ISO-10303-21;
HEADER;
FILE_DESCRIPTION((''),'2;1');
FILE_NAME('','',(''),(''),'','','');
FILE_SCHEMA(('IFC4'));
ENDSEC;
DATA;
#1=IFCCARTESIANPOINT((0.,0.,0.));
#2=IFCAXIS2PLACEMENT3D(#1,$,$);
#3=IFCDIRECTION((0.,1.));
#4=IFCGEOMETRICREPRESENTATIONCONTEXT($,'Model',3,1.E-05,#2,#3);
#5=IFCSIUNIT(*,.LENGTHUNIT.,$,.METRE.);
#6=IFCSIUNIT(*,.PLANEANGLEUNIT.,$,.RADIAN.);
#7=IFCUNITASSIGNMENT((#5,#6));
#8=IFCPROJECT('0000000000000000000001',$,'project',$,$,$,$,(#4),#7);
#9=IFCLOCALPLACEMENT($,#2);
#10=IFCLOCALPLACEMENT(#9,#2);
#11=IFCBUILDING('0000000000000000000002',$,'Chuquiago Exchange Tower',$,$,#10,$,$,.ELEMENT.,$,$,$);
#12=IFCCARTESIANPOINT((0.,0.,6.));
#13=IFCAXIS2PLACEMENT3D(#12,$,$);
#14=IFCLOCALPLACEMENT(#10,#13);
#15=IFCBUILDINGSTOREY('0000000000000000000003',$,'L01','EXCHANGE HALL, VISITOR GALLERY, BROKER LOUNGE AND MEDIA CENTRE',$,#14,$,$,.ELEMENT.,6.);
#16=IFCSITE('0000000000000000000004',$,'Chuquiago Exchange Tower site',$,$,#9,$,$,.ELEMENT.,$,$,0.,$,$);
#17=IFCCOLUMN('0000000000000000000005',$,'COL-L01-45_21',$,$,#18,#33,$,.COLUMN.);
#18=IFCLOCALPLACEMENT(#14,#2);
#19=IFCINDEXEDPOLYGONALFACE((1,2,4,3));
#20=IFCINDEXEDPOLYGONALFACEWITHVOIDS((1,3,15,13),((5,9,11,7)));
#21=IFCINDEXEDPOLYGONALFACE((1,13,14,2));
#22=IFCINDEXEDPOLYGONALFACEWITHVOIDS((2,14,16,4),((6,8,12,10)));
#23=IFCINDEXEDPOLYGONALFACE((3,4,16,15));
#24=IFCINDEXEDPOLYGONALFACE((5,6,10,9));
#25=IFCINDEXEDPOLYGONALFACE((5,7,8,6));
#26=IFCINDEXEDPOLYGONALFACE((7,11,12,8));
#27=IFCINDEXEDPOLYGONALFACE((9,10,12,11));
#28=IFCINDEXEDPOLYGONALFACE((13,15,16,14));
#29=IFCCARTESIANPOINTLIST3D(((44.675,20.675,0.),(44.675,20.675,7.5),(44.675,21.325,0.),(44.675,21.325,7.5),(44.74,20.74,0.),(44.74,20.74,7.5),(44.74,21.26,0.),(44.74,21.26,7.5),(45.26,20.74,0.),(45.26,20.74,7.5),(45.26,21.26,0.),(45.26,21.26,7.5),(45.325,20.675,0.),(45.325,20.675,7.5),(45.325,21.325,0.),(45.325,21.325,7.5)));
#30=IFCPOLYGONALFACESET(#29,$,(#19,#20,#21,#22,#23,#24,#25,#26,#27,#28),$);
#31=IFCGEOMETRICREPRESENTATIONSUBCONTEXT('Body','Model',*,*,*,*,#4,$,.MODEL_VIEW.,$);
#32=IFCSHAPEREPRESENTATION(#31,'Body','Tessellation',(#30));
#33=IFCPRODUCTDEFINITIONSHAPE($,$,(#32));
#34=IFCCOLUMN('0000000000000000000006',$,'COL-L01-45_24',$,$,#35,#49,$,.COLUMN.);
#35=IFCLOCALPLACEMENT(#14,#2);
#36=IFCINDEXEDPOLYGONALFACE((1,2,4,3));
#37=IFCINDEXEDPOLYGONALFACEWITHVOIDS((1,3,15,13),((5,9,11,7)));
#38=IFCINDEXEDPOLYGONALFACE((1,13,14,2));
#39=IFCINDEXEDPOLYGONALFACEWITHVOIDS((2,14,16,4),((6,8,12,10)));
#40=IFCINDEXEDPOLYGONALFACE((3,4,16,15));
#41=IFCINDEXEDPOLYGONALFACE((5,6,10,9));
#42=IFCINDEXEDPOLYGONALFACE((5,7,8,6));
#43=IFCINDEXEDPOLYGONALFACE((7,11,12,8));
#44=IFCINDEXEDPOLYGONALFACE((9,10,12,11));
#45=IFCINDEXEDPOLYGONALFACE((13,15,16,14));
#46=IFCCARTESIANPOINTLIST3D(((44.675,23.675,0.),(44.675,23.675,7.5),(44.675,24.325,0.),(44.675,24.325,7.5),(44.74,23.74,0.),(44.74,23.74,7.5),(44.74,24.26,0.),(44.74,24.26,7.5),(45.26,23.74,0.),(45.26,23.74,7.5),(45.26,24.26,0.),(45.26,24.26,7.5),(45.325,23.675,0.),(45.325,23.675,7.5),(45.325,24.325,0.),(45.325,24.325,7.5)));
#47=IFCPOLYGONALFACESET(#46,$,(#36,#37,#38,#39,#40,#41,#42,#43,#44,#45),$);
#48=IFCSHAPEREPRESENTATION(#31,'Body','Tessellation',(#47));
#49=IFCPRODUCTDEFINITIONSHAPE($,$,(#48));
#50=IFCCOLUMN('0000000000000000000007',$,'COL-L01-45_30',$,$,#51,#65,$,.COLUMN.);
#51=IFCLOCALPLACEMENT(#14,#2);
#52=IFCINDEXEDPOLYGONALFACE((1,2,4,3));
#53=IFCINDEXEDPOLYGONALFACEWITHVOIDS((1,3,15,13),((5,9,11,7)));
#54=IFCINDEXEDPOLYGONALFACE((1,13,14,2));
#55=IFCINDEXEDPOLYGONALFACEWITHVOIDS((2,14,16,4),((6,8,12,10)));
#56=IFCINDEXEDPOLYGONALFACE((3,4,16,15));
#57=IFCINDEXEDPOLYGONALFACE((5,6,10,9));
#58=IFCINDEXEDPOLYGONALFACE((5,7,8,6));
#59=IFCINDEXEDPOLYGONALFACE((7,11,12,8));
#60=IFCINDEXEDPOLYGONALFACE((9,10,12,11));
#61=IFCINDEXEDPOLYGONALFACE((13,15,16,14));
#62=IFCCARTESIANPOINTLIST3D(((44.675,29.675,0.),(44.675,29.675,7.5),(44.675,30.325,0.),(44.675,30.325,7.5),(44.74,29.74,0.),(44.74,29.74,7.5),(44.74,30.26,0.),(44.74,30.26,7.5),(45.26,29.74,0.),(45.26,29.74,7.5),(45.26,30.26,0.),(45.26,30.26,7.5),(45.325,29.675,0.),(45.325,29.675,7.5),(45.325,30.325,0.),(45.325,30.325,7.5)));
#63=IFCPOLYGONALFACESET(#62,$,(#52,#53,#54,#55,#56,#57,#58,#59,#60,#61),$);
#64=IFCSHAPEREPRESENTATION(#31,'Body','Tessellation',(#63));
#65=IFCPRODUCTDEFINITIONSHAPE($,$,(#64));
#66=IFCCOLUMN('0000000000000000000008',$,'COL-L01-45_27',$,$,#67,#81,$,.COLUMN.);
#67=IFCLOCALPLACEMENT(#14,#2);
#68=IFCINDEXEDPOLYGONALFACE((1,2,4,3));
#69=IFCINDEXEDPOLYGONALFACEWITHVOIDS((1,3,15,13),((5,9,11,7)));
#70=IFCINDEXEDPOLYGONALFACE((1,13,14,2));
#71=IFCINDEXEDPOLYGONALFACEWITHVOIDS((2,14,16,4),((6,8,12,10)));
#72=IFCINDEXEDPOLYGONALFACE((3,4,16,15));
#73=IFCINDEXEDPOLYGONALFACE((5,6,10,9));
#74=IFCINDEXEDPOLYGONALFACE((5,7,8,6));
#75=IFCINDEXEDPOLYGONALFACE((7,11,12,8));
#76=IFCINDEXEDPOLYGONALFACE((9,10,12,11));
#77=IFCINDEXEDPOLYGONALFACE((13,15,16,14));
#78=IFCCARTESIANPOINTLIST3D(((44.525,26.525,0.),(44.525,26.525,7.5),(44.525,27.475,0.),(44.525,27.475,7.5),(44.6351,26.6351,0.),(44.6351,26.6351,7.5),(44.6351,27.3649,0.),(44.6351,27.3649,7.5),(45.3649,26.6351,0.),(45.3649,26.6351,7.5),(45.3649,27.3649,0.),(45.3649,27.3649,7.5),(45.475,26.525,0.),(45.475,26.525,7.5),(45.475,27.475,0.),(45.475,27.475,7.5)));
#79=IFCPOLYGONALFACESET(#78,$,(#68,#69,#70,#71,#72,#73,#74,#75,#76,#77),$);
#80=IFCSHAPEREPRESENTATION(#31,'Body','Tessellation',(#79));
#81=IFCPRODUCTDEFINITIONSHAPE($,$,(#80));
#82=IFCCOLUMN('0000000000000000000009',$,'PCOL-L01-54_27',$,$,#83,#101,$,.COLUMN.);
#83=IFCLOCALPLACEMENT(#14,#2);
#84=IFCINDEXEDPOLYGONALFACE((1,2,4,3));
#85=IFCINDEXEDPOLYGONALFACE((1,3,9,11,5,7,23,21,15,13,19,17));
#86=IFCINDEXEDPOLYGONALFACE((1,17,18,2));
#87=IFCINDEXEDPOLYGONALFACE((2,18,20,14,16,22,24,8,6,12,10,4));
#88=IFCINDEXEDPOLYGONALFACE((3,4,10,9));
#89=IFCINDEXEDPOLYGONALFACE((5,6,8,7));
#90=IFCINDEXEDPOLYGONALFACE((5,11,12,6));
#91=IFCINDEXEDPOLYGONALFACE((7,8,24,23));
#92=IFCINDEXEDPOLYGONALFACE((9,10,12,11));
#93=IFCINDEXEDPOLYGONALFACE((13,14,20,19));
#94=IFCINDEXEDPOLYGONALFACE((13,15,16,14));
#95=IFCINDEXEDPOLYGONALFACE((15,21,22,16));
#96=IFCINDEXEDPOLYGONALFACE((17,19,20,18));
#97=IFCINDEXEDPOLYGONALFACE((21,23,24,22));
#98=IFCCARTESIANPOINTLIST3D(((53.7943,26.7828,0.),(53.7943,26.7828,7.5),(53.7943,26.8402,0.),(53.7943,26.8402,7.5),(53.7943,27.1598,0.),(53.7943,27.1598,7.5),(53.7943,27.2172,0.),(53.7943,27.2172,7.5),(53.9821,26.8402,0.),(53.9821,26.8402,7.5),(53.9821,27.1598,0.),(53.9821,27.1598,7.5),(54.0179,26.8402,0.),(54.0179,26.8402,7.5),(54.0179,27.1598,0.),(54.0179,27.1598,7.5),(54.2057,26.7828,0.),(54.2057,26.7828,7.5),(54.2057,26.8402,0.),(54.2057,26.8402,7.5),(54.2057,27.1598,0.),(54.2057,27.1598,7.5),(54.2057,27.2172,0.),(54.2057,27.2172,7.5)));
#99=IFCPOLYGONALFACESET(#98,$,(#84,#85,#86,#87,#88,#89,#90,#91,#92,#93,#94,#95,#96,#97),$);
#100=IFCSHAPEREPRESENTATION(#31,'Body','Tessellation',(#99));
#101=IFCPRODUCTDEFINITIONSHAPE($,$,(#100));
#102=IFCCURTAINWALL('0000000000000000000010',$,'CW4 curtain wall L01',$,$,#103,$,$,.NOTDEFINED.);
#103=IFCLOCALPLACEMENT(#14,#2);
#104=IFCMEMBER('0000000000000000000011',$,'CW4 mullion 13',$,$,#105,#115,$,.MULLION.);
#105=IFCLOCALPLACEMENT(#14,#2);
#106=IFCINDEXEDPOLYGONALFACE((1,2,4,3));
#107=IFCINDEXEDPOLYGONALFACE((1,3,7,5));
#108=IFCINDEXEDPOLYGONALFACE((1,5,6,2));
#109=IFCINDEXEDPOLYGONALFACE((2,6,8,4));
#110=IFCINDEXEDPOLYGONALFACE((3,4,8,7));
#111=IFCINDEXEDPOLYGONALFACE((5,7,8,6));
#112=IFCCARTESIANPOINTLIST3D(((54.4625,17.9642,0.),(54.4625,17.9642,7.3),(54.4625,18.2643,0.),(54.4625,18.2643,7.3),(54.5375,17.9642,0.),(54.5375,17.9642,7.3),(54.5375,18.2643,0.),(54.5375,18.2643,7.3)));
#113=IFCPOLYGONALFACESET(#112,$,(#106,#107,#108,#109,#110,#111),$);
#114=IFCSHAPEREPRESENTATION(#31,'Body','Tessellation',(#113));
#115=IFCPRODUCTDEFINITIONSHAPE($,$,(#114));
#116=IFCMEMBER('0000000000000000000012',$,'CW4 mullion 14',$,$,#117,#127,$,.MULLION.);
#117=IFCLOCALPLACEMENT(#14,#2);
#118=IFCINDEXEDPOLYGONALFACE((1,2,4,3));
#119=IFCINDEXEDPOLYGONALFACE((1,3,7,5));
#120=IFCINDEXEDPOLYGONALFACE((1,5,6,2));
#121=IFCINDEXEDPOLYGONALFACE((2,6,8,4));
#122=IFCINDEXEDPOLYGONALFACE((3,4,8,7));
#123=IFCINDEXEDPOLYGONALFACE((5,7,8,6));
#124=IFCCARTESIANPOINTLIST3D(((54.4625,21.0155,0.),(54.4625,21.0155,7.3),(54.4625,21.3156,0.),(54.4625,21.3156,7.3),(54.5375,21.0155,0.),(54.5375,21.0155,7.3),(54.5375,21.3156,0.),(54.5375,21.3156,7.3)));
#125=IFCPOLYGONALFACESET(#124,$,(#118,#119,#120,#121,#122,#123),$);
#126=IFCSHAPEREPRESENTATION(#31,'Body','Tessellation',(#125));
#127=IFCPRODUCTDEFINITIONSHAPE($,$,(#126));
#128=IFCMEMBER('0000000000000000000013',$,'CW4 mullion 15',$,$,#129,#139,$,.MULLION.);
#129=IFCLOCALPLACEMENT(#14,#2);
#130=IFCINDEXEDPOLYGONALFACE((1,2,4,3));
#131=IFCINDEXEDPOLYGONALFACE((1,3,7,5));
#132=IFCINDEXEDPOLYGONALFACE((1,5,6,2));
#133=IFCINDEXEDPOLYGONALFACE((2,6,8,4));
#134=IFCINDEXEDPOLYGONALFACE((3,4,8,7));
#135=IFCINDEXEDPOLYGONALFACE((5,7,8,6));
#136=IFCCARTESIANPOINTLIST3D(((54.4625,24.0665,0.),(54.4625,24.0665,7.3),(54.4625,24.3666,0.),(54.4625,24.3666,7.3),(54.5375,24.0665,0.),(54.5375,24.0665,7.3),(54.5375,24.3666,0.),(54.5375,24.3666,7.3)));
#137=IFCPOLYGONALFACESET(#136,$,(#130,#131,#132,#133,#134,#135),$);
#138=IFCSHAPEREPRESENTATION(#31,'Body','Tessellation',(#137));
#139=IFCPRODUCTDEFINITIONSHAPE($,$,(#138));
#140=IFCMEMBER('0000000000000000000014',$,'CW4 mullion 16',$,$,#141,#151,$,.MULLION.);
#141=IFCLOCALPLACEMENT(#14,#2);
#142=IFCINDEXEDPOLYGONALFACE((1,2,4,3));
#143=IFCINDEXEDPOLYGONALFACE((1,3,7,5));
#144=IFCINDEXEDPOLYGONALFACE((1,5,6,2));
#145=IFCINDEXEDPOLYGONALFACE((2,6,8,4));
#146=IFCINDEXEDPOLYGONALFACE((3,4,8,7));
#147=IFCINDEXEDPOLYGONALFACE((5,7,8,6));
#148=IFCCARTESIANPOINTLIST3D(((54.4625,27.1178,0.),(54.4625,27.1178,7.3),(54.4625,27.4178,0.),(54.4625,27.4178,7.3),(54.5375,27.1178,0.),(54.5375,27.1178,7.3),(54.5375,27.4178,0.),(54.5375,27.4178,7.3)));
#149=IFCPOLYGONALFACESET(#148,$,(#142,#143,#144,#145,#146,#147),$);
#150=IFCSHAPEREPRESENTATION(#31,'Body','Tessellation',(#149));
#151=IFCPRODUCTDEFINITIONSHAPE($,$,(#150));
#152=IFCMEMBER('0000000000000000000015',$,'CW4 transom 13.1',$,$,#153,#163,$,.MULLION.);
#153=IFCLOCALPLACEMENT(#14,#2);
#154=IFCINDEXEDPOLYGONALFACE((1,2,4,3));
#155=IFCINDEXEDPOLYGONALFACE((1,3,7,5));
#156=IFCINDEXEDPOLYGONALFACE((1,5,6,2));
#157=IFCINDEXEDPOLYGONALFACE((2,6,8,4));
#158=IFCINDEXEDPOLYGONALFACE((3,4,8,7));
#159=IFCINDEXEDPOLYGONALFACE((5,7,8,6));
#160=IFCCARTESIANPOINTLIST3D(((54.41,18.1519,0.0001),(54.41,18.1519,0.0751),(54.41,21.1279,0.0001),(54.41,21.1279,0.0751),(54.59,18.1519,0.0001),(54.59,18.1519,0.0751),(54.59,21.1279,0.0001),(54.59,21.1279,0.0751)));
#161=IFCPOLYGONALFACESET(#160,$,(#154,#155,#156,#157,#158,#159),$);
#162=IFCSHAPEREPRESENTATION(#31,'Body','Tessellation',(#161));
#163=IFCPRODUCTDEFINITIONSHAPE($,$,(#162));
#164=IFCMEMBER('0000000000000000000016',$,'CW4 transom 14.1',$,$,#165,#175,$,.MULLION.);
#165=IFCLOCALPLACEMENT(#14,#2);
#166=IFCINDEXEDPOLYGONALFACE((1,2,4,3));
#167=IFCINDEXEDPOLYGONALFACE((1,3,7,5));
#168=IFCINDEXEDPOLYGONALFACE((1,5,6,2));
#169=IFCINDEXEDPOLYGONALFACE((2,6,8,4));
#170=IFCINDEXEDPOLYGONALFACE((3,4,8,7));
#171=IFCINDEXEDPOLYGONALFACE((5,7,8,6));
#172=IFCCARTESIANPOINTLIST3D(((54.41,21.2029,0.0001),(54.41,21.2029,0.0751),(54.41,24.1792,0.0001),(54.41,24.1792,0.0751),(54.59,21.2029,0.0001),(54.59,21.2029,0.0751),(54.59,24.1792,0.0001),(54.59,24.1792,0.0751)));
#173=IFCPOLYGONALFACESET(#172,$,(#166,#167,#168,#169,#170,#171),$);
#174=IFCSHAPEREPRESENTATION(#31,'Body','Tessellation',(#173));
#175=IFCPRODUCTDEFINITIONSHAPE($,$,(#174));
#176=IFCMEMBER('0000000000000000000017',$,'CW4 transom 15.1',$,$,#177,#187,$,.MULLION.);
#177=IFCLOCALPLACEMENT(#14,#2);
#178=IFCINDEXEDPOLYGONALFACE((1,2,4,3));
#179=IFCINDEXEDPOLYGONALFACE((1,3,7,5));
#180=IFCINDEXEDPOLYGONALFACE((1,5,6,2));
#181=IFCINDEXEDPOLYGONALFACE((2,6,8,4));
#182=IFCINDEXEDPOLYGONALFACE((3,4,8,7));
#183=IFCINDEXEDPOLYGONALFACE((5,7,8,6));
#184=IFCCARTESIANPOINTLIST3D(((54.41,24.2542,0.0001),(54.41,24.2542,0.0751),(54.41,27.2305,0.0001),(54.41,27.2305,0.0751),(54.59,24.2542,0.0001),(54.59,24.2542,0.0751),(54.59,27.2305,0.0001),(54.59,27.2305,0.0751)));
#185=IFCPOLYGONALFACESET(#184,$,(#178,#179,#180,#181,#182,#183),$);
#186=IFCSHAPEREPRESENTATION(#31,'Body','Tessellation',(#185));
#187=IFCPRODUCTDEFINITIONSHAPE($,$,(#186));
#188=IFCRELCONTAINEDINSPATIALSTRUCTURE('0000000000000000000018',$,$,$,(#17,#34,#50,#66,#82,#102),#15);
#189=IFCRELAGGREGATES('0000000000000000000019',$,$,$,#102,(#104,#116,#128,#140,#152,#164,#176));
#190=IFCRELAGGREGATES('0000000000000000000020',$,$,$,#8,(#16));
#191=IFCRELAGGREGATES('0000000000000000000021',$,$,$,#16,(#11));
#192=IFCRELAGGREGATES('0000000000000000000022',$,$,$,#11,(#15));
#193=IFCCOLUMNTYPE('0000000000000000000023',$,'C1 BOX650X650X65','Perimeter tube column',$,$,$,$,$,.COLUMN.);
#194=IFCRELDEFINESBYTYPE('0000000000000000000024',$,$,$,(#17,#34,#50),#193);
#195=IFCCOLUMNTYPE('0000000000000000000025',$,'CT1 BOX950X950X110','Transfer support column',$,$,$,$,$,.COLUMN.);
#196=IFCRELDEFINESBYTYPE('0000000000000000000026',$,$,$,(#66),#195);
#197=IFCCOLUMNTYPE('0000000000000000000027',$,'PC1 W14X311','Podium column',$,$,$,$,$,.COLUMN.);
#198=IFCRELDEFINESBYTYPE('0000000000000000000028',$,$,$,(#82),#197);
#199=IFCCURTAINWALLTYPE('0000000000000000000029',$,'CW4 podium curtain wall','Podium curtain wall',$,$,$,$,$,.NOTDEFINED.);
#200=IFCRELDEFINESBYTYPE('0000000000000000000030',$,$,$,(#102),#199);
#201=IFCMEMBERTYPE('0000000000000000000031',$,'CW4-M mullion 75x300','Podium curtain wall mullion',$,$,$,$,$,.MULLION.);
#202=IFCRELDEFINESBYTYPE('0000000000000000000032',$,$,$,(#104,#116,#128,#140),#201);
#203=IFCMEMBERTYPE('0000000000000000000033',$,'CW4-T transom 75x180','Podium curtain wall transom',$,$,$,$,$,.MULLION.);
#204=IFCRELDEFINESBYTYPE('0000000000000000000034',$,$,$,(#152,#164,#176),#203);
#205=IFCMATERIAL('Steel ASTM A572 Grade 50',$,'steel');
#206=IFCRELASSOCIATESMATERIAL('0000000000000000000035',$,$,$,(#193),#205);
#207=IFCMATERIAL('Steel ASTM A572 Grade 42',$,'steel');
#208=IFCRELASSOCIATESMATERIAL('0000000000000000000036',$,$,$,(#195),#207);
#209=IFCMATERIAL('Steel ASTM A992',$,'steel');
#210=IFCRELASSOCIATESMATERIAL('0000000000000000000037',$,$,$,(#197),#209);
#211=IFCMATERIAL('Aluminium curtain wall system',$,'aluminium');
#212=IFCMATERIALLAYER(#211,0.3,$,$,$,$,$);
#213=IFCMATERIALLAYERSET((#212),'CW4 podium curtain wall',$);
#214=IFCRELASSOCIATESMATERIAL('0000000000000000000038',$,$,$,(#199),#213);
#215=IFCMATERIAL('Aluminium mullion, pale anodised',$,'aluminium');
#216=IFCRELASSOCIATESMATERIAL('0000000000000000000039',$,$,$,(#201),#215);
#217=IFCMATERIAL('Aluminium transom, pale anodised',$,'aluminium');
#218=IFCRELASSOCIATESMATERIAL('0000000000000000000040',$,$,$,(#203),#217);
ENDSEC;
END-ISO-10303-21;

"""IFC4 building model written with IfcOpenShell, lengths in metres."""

from ifc_helpers import new_model, si_unit, direction, frame, origin, origin_2d, place, context, subcontext, project, spatial, rectangle, hollow_rectangle, i_section, extrude, material, layer, layer_set, material_profile, profile_set, type_object, element, aggregate, save


model = new_model("IFC4")

# Units and contexts
model_context = context("Model", 3, precision=1e-05, world=origin(), true_north=direction((0.0, 1.0)))
body_context = subcontext(model_context, "Body", "Model", "MODEL_VIEW")
ifc_project = project(units=[si_unit("LENGTHUNIT", "METRE"), si_unit("PLANEANGLEUNIT", "RADIAN")], contexts=[model_context])

# Site, building, storey
site_placement = place(None, origin())
site = spatial("IfcSite", under=ifc_project, at=site_placement, Name="Chuquiago Exchange Tower site", CompositionType="ELEMENT", RefElevation=0.0)
building_placement = place(site_placement, origin())
building = spatial("IfcBuilding", under=site, at=building_placement, Name="Chuquiago Exchange Tower", CompositionType="ELEMENT")
storey_placement = place(building_placement, frame((0.0, 0.0, 6.0)))
storey = spatial("IfcBuildingStorey", under=building, at=storey_placement, Name="L01", Description="EXCHANGE HALL, VISITOR GALLERY, BROKER LOUNGE AND MEDIA CENTRE", CompositionType="ELEMENT", Elevation=6.0)

# Columns
ifc_material_1 = material(Name="Steel ASTM A572 Grade 50", Category="steel")
ifc_material_profile_1 = material_profile(ifc_material_1, hollow_rectangle(XDim=0.6499, YDim=0.6499, WallThickness=0.0649, at=origin_2d()), Name="BOX650X650X65")
ifc_profile_set_1 = profile_set([ifc_material_profile_1], Name="Steel ASTM A572 Grade 50")
column_type_1 = type_object("IfcColumnType", Name="C1 BOX650X650X65", Description="Perimeter tube column", PredefinedType="COLUMN", material=ifc_profile_set_1)
for number, where, z_axis, x_axis, name in (
    (1, (45.0, 21.0, 0.0), (0.0, 0.0, 1.0), (1.0, 0.0, 0.0), "COL-L01-45_21"),
    (2, (45.0, 24.0, 0.0), (0.0, 0.0, 1.0), (1.0, 0.0, 0.0), "COL-L01-45_24"),
    (3, (45.0, 30.0, 0.0), (0.0, 0.0, 1.0), (1.0, 0.0, 0.0), "COL-L01-45_30"),
):
    element("IfcColumn", number, at=place(storey_placement, frame(where, z_axis=z_axis, x_axis=x_axis)), inside=storey, type_object=column_type_1, Name=name, PredefinedType="COLUMN", context=body_context, shape_type="SweptSolid", body=[
        extrude(hollow_rectangle(XDim=0.6499, YDim=0.6499, WallThickness=0.0649, at=origin_2d()), origin(), (0.0, 0.0, 1.0), 7.5),
    ])
ifc_material_2 = material(Name="Steel ASTM A572 Grade 42", Category="steel")
ifc_material_profile_2 = material_profile(ifc_material_2, hollow_rectangle(XDim=0.95, YDim=0.95, WallThickness=0.1101, at=origin_2d()), Name="BOX950X950X110")
ifc_profile_set_2 = profile_set([ifc_material_profile_2], Name="Steel ASTM A572 Grade 42")
column_type_2 = type_object("IfcColumnType", Name="CT1 BOX950X950X110", Description="Transfer support column", PredefinedType="COLUMN", material=ifc_profile_set_2)
column_1_placement = place(storey_placement, frame((45.0, 27.0, 0.0), z_axis=(0.0, 0.0, 1.0), x_axis=(1.0, 0.0, 0.0)))
element("IfcColumn", 4, at=column_1_placement, inside=storey, type_object=column_type_2, Name="COL-L01-45_27", PredefinedType="COLUMN", context=body_context, shape_type="SweptSolid", body=[
    extrude(hollow_rectangle(XDim=0.95, YDim=0.95, WallThickness=0.1101, at=origin_2d()), origin(), (0.0, 0.0, 1.0), 7.5),
])
ifc_material_3 = material(Name="Steel ASTM A992", Category="steel")
ifc_material_profile_3 = material_profile(ifc_material_3, i_section(OverallWidth=0.4114, OverallDepth=0.4343, WebThickness=0.0359, FlangeThickness=0.0574, at=origin_2d()), Name="W14X311")
ifc_profile_set_3 = profile_set([ifc_material_profile_3], Name="Steel ASTM A992")
column_type_3 = type_object("IfcColumnType", Name="PC1 W14X311", Description="Podium column", PredefinedType="COLUMN", material=ifc_profile_set_3)
column_2_placement = place(storey_placement, frame((54.0, 27.0, 0.0), z_axis=(0.0, 0.0, 1.0), x_axis=(1.0, 0.0, 0.0)))
element("IfcColumn", 5, at=column_2_placement, inside=storey, type_object=column_type_3, Name="PCOL-L01-54_27", PredefinedType="COLUMN", context=body_context, shape_type="SweptSolid", body=[
    extrude(i_section(OverallWidth=0.4114, OverallDepth=0.4343, WebThickness=0.0359, FlangeThickness=0.0574, at=origin_2d()), origin(), (0.0, 0.0, 1.0), 7.5),
])

# Curtain wall, members
ifc_material_4 = material(Name="Aluminium curtain wall system", Category="aluminium")
ifc_layer_1 = layer(ifc_material_4, 0.3)
ifc_layer_set_1 = layer_set([ifc_layer_1], Name="CW4 podium curtain wall")
curtain_wall_type = type_object("IfcCurtainWallType", Name="CW4 podium curtain wall", Description="Podium curtain wall", PredefinedType="NOTDEFINED", material=ifc_layer_set_1)
curtain_wall_placement = place(storey_placement, origin())
curtain_wall = element("IfcCurtainWall", 6, at=curtain_wall_placement, inside=storey, type_object=curtain_wall_type, Name="CW4 curtain wall L01", PredefinedType="NOTDEFINED")
ifc_material_5 = material(Name="Aluminium mullion, pale anodised", Category="aluminium")
ifc_material_profile_4 = material_profile(ifc_material_5, rectangle(XDim=0.075, YDim=0.3, at=origin_2d()), Name="AL 75x300")
ifc_profile_set_4 = profile_set([ifc_material_profile_4], Name="Aluminium mullion, pale anodised")
member_type_1 = type_object("IfcMemberType", Name="CW4-M mullion 75x300", Description="Podium curtain wall mullion", PredefinedType="MULLION", material=ifc_profile_set_4)
member_1_placement = place(storey_placement, frame((54.5, 18.1143, 0.0), z_axis=(0.0, 0.0, 1.0), x_axis=(-1.0, 0.0, 0.0)))
member_1 = element("IfcMember", 7, at=member_1_placement, type_object=member_type_1, Name="CW4 mullion 13", PredefinedType="MULLION", context=body_context, shape_type="SweptSolid", body=[
    extrude(rectangle(XDim=0.075, YDim=0.3, at=origin_2d()), origin(), (0.0, 0.0, 1.0), 7.3),
])
member_2_placement = place(storey_placement, frame((54.5, 21.1655, 0.0), z_axis=(0.0, 0.0, 1.0), x_axis=(-1.0, 0.0, 0.0)))
member_2 = element("IfcMember", 8, at=member_2_placement, type_object=member_type_1, Name="CW4 mullion 14", PredefinedType="MULLION", context=body_context, shape_type="SweptSolid", body=[
    extrude(rectangle(XDim=0.075, YDim=0.3, at=origin_2d()), origin(), (0.0, 0.0, 1.0), 7.3),
])
member_3_placement = place(storey_placement, frame((54.5, 24.2166, 0.0), z_axis=(0.0, 0.0, 1.0), x_axis=(-1.0, 0.0, 0.0)))
member_3 = element("IfcMember", 9, at=member_3_placement, type_object=member_type_1, Name="CW4 mullion 15", PredefinedType="MULLION", context=body_context, shape_type="SweptSolid", body=[
    extrude(rectangle(XDim=0.075, YDim=0.3, at=origin_2d()), origin(), (0.0, 0.0, 1.0), 7.3),
])
member_4_placement = place(storey_placement, frame((54.5, 27.2678, 0.0), z_axis=(0.0, 0.0, 1.0), x_axis=(-1.0, 0.0, 0.0)))
member_4 = element("IfcMember", 10, at=member_4_placement, type_object=member_type_1, Name="CW4 mullion 16", PredefinedType="MULLION", context=body_context, shape_type="SweptSolid", body=[
    extrude(rectangle(XDim=0.075, YDim=0.3, at=origin_2d()), origin(), (0.0, 0.0, 1.0), 7.3),
])
ifc_material_6 = material(Name="Aluminium transom, pale anodised", Category="aluminium")
ifc_material_profile_5 = material_profile(ifc_material_6, rectangle(XDim=0.1799, YDim=0.075, at=origin_2d()), Name="AL 180x75")
ifc_profile_set_5 = profile_set([ifc_material_profile_5], Name="Aluminium transom, pale anodised")
member_type_2 = type_object("IfcMemberType", Name="CW4-T transom 75x180", Description="Podium curtain wall transom", PredefinedType="MULLION", material=ifc_profile_set_5)
member_5_placement = place(storey_placement, frame((54.5, 18.1519, 0.0376), z_axis=(0.0, 1.0, 0.0), x_axis=(-1.0, 0.0, 0.0)))
member_5 = element("IfcMember", 11, at=member_5_placement, type_object=member_type_2, Name="CW4 transom 13.1", PredefinedType="MULLION", context=body_context, shape_type="SweptSolid", body=[
    extrude(rectangle(XDim=0.1799, YDim=0.075, at=origin_2d()), origin(), (0.0, 0.0, 1.0), 2.9761),
])
member_6_placement = place(storey_placement, frame((54.5, 21.2029, 0.0376), z_axis=(0.0, 1.0, 0.0), x_axis=(-1.0, 0.0, 0.0)))
member_6 = element("IfcMember", 12, at=member_6_placement, type_object=member_type_2, Name="CW4 transom 14.1", PredefinedType="MULLION", context=body_context, shape_type="SweptSolid", body=[
    extrude(rectangle(XDim=0.1799, YDim=0.075, at=origin_2d()), origin(), (0.0, 0.0, 1.0), 2.9763),
])
member_7_placement = place(storey_placement, frame((54.5, 24.2542, 0.0376), z_axis=(0.0, 1.0, 0.0), x_axis=(-1.0, 0.0, 0.0)))
member_7 = element("IfcMember", 13, at=member_7_placement, type_object=member_type_2, Name="CW4 transom 15.1", PredefinedType="MULLION", context=body_context, shape_type="SweptSolid", body=[
    extrude(rectangle(XDim=0.1799, YDim=0.075, at=origin_2d()), origin(), (0.0, 0.0, 1.0), 2.9763),
])

aggregate(curtain_wall, [member_1, member_2, member_3, member_4, member_5, member_6, member_7])

save(model, "model.ifc")
